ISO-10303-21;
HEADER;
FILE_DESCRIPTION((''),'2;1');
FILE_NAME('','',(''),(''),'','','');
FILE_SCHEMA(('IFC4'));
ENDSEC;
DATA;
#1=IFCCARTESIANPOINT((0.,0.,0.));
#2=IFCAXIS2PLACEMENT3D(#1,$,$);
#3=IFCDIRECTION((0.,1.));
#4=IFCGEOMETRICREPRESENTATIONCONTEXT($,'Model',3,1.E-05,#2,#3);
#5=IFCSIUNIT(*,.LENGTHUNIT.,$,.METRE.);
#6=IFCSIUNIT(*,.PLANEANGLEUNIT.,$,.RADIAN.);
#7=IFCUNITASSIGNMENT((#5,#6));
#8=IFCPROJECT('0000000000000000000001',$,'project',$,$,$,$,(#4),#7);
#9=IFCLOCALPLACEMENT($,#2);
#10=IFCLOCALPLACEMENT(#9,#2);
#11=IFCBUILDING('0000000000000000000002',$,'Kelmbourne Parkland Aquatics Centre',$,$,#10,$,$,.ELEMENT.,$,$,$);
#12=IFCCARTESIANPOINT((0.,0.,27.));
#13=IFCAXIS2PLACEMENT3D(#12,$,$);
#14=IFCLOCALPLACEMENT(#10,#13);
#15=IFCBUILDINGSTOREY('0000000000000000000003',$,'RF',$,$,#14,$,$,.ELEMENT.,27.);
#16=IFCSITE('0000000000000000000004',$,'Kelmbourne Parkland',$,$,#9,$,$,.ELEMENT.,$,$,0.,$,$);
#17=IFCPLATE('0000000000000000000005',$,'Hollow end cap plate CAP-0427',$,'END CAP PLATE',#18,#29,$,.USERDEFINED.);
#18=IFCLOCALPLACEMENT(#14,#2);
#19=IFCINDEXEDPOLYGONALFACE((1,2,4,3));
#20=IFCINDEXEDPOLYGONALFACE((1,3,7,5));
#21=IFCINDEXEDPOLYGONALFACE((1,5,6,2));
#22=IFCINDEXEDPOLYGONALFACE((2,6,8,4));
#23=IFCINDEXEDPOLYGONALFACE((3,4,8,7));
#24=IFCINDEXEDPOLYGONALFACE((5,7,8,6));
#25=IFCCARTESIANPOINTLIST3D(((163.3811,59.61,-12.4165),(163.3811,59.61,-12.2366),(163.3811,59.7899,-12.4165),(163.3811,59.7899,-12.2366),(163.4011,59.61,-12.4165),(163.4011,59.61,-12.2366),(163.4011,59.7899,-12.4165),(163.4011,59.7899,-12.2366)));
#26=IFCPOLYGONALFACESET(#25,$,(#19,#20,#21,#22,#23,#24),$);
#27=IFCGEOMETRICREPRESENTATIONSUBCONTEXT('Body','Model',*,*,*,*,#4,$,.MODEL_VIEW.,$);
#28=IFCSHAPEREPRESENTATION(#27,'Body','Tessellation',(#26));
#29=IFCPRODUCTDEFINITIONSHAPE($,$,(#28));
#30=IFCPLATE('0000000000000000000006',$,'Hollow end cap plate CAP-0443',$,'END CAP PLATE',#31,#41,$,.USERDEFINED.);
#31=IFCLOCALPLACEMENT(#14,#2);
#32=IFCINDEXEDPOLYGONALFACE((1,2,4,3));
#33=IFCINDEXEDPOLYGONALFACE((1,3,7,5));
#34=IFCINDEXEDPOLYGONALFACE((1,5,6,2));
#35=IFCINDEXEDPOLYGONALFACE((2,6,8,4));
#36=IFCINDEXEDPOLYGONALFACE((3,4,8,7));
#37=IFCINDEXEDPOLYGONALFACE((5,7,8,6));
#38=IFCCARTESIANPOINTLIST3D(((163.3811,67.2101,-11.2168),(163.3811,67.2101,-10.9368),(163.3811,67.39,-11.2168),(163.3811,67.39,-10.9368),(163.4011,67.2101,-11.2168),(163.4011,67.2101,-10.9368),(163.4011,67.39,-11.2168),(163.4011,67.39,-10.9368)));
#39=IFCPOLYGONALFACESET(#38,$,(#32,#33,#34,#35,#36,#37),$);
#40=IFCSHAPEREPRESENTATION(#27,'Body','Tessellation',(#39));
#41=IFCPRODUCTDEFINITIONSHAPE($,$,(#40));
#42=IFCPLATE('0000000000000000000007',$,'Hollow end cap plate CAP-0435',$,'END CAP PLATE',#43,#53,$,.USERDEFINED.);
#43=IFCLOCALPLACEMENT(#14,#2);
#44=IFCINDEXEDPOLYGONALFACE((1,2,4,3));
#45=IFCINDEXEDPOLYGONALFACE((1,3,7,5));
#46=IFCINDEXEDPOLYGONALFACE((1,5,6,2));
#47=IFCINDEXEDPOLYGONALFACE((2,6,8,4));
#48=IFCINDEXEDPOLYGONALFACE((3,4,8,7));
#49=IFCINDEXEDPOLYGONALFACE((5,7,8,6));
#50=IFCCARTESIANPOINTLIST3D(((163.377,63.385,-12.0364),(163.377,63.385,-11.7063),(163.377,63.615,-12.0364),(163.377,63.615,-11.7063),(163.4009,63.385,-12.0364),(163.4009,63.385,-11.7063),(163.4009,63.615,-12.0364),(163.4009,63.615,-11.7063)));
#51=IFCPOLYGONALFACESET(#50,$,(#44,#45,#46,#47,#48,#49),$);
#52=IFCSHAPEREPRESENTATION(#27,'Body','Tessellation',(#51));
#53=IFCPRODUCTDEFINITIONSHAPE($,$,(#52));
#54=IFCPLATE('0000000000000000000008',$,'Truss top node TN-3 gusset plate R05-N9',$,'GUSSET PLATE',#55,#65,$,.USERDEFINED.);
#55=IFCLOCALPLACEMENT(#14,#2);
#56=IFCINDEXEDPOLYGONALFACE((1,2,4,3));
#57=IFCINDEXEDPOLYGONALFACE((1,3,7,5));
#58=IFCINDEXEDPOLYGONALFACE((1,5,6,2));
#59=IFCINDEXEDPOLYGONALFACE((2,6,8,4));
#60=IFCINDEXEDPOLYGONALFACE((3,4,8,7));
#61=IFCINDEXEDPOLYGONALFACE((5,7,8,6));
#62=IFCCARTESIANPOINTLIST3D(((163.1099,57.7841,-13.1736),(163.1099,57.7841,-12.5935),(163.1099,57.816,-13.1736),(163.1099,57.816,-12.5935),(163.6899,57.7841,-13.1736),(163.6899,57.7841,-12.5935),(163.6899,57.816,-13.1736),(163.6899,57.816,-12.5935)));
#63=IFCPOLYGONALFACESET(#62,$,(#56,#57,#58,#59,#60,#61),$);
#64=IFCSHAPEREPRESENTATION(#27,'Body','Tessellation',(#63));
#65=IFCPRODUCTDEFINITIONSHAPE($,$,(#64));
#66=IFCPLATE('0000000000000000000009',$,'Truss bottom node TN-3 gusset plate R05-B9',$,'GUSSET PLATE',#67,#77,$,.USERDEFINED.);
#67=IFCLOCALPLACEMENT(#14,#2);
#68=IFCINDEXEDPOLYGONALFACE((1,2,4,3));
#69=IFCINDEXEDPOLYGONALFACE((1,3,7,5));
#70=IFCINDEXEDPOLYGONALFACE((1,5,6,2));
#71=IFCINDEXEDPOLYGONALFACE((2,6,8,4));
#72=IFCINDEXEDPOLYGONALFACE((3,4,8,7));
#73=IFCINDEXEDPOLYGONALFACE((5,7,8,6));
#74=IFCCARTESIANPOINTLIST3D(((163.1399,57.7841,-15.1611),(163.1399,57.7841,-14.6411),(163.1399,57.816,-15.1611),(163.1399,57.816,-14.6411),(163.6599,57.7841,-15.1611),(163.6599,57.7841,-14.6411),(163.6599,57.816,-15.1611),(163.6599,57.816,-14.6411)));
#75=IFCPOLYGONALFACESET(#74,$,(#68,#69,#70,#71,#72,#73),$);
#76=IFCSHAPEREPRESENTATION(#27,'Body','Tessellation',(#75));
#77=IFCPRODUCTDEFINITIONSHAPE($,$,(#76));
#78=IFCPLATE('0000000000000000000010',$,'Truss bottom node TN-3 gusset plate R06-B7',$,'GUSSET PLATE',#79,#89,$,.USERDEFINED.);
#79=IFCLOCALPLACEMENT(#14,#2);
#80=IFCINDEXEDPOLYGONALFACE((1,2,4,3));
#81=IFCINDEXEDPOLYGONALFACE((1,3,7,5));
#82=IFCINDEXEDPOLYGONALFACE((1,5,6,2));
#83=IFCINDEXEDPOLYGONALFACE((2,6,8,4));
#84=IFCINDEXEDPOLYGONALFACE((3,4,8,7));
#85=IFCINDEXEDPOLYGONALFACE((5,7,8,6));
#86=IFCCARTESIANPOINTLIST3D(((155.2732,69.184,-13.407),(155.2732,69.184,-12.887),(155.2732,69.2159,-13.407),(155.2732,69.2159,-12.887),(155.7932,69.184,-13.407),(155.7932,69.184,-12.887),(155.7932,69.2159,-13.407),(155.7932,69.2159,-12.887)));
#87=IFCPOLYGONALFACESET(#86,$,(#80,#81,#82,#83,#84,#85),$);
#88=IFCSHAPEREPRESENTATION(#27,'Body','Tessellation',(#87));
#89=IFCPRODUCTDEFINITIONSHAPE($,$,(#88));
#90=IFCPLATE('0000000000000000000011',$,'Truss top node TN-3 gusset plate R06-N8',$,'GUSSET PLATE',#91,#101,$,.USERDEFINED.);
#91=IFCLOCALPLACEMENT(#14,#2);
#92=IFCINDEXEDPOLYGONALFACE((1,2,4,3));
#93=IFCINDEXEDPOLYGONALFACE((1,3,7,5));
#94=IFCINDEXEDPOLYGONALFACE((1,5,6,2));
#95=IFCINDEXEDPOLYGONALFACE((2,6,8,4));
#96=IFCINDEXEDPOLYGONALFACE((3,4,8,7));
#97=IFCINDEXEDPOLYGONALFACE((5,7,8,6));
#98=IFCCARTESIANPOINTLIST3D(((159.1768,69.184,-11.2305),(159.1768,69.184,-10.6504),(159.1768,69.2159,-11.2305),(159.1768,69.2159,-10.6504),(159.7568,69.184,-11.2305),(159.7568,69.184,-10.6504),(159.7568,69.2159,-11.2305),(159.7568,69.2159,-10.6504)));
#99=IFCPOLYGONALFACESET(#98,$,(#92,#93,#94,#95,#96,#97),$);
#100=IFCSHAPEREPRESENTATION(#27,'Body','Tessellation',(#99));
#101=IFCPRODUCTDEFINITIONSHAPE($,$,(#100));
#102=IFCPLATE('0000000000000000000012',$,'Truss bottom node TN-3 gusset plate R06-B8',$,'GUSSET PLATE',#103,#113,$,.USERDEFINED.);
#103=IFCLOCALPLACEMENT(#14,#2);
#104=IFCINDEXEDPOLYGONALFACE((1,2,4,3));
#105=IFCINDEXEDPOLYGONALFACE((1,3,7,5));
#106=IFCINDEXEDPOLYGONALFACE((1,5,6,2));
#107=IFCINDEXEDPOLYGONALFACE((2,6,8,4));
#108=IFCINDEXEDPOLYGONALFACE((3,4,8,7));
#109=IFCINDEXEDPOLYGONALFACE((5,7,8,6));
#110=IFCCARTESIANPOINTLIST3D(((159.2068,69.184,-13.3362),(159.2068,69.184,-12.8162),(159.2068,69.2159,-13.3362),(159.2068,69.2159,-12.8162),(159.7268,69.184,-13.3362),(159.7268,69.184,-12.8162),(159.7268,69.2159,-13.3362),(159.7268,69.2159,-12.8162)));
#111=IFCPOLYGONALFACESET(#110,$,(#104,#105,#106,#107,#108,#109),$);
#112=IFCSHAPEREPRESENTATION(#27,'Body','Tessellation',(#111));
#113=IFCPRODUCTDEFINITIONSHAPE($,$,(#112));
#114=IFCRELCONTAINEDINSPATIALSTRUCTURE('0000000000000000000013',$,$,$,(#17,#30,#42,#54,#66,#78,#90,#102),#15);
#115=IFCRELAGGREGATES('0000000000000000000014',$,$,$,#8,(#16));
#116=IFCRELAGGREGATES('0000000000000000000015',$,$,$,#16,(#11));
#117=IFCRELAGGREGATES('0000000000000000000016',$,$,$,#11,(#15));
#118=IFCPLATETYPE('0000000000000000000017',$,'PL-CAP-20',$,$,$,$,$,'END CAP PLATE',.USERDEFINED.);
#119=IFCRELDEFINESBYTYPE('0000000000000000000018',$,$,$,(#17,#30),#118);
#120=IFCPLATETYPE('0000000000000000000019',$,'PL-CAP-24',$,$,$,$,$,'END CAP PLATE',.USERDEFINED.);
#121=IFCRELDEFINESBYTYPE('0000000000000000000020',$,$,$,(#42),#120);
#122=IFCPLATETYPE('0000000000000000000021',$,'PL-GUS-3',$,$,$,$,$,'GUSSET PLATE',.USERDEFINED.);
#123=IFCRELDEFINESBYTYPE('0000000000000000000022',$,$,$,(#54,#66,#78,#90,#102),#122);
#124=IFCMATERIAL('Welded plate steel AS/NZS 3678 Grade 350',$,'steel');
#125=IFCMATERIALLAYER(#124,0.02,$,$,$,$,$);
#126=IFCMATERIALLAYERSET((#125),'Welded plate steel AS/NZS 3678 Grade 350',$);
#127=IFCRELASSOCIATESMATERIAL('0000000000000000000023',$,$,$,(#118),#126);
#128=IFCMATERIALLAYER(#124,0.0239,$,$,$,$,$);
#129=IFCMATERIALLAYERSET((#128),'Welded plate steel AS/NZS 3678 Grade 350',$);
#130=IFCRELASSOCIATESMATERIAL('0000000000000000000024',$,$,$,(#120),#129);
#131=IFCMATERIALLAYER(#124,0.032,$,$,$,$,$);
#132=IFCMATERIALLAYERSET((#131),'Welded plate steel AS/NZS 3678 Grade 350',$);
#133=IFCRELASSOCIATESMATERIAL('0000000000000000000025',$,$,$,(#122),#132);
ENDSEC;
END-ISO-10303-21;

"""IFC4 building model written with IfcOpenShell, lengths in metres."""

from ifc_helpers import new_model, si_unit, direction, frame, origin, origin_2d, place, context, subcontext, project, spatial, rectangle, extrude, material, layer, layer_set, type_object, element, save


model = new_model("IFC4")

# Units and contexts
model_context = context("Model", 3, precision=1e-05, world=origin(), true_north=direction((0.0, 1.0)))
body_context = subcontext(model_context, "Body", "Model", "MODEL_VIEW")
ifc_project = project(units=[si_unit("LENGTHUNIT", "METRE"), si_unit("PLANEANGLEUNIT", "RADIAN")], contexts=[model_context])

# Site, building, storey
site_placement = place(None, origin())
site = spatial("IfcSite", under=ifc_project, at=site_placement, Name="Kelmbourne Parkland", CompositionType="ELEMENT", RefElevation=0.0)
building_placement = place(site_placement, origin())
building = spatial("IfcBuilding", under=site, at=building_placement, Name="Kelmbourne Parkland Aquatics Centre", CompositionType="ELEMENT")
storey_placement = place(building_placement, frame((0.0, 0.0, 27.0)))
storey = spatial("IfcBuildingStorey", under=building, at=storey_placement, Name="RF", CompositionType="ELEMENT", Elevation=27.0)

# Shared definitions
ifc_material_1 = material(Name="Welded plate steel AS/NZS 3678 Grade 350", Category="steel")

# Plates
ifc_layer_1 = layer(ifc_material_1, 0.02)
ifc_layer_set_1 = layer_set([ifc_layer_1], Name="Welded plate steel AS/NZS 3678 Grade 350")
plate_type_1 = type_object("IfcPlateType", Name="PL-CAP-20", ElementType="END CAP PLATE", PredefinedType="USERDEFINED", material=ifc_layer_set_1)
plate_1_placement = place(storey_placement, frame((163.3911, 59.7, -12.4165), z_axis=(0.0, 0.0, 1.0), x_axis=(-1.0, 0.0, 0.0)))
element("IfcPlate", 1, at=plate_1_placement, inside=storey, type_object=plate_type_1, Name="Hollow end cap plate CAP-0427", ObjectType="END CAP PLATE", PredefinedType="USERDEFINED", context=body_context, shape_type="SweptSolid", body=[
    extrude(rectangle(XDim=0.02, YDim=0.1799, at=origin_2d()), origin(), (0.0, 0.0, 1.0), 0.1799),
])
plate_2_placement = place(storey_placement, frame((163.3911, 67.3, -11.2168), z_axis=(0.0, 0.0, 1.0), x_axis=(-1.0, 0.0, 0.0)))
element("IfcPlate", 2, at=plate_2_placement, inside=storey, type_object=plate_type_1, Name="Hollow end cap plate CAP-0443", ObjectType="END CAP PLATE", PredefinedType="USERDEFINED", context=body_context, shape_type="SweptSolid", body=[
    extrude(rectangle(XDim=0.02, YDim=0.1799, at=origin_2d()), origin(), (0.0, 0.0, 1.0), 0.28),
])
ifc_layer_2 = layer(ifc_material_1, 0.0239)
ifc_layer_set_2 = layer_set([ifc_layer_2], Name="Welded plate steel AS/NZS 3678 Grade 350")
plate_type_2 = type_object("IfcPlateType", Name="PL-CAP-24", ElementType="END CAP PLATE", PredefinedType="USERDEFINED", material=ifc_layer_set_2)
plate_3_placement = place(storey_placement, frame((163.3889, 63.5, -12.0364), z_axis=(0.0, 0.0, 1.0), x_axis=(-1.0, 0.0, 0.0)))
element("IfcPlate", 3, at=plate_3_placement, inside=storey, type_object=plate_type_2, Name="Hollow end cap plate CAP-0435", ObjectType="END CAP PLATE", PredefinedType="USERDEFINED", context=body_context, shape_type="SweptSolid", body=[
    extrude(rectangle(XDim=0.0239, YDim=0.23, at=origin_2d()), origin(), (0.0, 0.0, 1.0), 0.3301),
])
ifc_layer_3 = layer(ifc_material_1, 0.032)
ifc_layer_set_3 = layer_set([ifc_layer_3], Name="Welded plate steel AS/NZS 3678 Grade 350")
plate_type_3 = type_object("IfcPlateType", Name="PL-GUS-3", ElementType="GUSSET PLATE", PredefinedType="USERDEFINED", material=ifc_layer_set_3)
plate_4_placement = place(storey_placement, frame((163.3999, 57.8, -13.1736), z_axis=(0.0, 0.0, 1.0), x_axis=(1.0, 0.0, 0.0)))
element("IfcPlate", 4, at=plate_4_placement, inside=storey, type_object=plate_type_3, Name="Truss top node TN-3 gusset plate R05-N9", ObjectType="GUSSET PLATE", PredefinedType="USERDEFINED", context=body_context, shape_type="SweptSolid", body=[
    extrude(rectangle(XDim=0.5801, YDim=0.032, at=origin_2d()), origin(), (0.0, 0.0, 1.0), 0.5801),
])
for number, where, z_axis, x_axis, name in (
    (5, (163.3999, 57.8, -15.1611), (0.0, 0.0, 1.0), (1.0, 0.0, 0.0), "Truss bottom node TN-3 gusset plate R05-B9"),
    (6, (155.5332, 69.2, -13.407), (0.0, 0.0, 1.0), (1.0, 0.0, 0.0), "Truss bottom node TN-3 gusset plate R06-B7"),
):
    element("IfcPlate", number, at=place(storey_placement, frame(where, z_axis=z_axis, x_axis=x_axis)), inside=storey, type_object=plate_type_3, Name=name, ObjectType="GUSSET PLATE", PredefinedType="USERDEFINED", context=body_context, shape_type="SweptSolid", body=[
        extrude(rectangle(XDim=0.52, YDim=0.032, at=origin_2d()), origin(), (0.0, 0.0, 1.0), 0.52),
    ])
plate_5_placement = place(storey_placement, frame((159.4668, 69.2, -11.2305), z_axis=(0.0, 0.0, 1.0), x_axis=(1.0, 0.0, 0.0)))
element("IfcPlate", 7, at=plate_5_placement, inside=storey, type_object=plate_type_3, Name="Truss top node TN-3 gusset plate R06-N8", ObjectType="GUSSET PLATE", PredefinedType="USERDEFINED", context=body_context, shape_type="SweptSolid", body=[
    extrude(rectangle(XDim=0.5801, YDim=0.032, at=origin_2d()), origin(), (0.0, 0.0, 1.0), 0.5801),
])
plate_6_placement = place(storey_placement, frame((159.4668, 69.2, -13.3362), z_axis=(0.0, 0.0, 1.0), x_axis=(1.0, 0.0, 0.0)))
element("IfcPlate", 8, at=plate_6_placement, inside=storey, type_object=plate_type_3, Name="Truss bottom node TN-3 gusset plate R06-B8", ObjectType="GUSSET PLATE", PredefinedType="USERDEFINED", context=body_context, shape_type="SweptSolid", body=[
    extrude(rectangle(XDim=0.52, YDim=0.032, at=origin_2d()), origin(), (0.0, 0.0, 1.0), 0.52),
])

save(model, "model.ifc")
